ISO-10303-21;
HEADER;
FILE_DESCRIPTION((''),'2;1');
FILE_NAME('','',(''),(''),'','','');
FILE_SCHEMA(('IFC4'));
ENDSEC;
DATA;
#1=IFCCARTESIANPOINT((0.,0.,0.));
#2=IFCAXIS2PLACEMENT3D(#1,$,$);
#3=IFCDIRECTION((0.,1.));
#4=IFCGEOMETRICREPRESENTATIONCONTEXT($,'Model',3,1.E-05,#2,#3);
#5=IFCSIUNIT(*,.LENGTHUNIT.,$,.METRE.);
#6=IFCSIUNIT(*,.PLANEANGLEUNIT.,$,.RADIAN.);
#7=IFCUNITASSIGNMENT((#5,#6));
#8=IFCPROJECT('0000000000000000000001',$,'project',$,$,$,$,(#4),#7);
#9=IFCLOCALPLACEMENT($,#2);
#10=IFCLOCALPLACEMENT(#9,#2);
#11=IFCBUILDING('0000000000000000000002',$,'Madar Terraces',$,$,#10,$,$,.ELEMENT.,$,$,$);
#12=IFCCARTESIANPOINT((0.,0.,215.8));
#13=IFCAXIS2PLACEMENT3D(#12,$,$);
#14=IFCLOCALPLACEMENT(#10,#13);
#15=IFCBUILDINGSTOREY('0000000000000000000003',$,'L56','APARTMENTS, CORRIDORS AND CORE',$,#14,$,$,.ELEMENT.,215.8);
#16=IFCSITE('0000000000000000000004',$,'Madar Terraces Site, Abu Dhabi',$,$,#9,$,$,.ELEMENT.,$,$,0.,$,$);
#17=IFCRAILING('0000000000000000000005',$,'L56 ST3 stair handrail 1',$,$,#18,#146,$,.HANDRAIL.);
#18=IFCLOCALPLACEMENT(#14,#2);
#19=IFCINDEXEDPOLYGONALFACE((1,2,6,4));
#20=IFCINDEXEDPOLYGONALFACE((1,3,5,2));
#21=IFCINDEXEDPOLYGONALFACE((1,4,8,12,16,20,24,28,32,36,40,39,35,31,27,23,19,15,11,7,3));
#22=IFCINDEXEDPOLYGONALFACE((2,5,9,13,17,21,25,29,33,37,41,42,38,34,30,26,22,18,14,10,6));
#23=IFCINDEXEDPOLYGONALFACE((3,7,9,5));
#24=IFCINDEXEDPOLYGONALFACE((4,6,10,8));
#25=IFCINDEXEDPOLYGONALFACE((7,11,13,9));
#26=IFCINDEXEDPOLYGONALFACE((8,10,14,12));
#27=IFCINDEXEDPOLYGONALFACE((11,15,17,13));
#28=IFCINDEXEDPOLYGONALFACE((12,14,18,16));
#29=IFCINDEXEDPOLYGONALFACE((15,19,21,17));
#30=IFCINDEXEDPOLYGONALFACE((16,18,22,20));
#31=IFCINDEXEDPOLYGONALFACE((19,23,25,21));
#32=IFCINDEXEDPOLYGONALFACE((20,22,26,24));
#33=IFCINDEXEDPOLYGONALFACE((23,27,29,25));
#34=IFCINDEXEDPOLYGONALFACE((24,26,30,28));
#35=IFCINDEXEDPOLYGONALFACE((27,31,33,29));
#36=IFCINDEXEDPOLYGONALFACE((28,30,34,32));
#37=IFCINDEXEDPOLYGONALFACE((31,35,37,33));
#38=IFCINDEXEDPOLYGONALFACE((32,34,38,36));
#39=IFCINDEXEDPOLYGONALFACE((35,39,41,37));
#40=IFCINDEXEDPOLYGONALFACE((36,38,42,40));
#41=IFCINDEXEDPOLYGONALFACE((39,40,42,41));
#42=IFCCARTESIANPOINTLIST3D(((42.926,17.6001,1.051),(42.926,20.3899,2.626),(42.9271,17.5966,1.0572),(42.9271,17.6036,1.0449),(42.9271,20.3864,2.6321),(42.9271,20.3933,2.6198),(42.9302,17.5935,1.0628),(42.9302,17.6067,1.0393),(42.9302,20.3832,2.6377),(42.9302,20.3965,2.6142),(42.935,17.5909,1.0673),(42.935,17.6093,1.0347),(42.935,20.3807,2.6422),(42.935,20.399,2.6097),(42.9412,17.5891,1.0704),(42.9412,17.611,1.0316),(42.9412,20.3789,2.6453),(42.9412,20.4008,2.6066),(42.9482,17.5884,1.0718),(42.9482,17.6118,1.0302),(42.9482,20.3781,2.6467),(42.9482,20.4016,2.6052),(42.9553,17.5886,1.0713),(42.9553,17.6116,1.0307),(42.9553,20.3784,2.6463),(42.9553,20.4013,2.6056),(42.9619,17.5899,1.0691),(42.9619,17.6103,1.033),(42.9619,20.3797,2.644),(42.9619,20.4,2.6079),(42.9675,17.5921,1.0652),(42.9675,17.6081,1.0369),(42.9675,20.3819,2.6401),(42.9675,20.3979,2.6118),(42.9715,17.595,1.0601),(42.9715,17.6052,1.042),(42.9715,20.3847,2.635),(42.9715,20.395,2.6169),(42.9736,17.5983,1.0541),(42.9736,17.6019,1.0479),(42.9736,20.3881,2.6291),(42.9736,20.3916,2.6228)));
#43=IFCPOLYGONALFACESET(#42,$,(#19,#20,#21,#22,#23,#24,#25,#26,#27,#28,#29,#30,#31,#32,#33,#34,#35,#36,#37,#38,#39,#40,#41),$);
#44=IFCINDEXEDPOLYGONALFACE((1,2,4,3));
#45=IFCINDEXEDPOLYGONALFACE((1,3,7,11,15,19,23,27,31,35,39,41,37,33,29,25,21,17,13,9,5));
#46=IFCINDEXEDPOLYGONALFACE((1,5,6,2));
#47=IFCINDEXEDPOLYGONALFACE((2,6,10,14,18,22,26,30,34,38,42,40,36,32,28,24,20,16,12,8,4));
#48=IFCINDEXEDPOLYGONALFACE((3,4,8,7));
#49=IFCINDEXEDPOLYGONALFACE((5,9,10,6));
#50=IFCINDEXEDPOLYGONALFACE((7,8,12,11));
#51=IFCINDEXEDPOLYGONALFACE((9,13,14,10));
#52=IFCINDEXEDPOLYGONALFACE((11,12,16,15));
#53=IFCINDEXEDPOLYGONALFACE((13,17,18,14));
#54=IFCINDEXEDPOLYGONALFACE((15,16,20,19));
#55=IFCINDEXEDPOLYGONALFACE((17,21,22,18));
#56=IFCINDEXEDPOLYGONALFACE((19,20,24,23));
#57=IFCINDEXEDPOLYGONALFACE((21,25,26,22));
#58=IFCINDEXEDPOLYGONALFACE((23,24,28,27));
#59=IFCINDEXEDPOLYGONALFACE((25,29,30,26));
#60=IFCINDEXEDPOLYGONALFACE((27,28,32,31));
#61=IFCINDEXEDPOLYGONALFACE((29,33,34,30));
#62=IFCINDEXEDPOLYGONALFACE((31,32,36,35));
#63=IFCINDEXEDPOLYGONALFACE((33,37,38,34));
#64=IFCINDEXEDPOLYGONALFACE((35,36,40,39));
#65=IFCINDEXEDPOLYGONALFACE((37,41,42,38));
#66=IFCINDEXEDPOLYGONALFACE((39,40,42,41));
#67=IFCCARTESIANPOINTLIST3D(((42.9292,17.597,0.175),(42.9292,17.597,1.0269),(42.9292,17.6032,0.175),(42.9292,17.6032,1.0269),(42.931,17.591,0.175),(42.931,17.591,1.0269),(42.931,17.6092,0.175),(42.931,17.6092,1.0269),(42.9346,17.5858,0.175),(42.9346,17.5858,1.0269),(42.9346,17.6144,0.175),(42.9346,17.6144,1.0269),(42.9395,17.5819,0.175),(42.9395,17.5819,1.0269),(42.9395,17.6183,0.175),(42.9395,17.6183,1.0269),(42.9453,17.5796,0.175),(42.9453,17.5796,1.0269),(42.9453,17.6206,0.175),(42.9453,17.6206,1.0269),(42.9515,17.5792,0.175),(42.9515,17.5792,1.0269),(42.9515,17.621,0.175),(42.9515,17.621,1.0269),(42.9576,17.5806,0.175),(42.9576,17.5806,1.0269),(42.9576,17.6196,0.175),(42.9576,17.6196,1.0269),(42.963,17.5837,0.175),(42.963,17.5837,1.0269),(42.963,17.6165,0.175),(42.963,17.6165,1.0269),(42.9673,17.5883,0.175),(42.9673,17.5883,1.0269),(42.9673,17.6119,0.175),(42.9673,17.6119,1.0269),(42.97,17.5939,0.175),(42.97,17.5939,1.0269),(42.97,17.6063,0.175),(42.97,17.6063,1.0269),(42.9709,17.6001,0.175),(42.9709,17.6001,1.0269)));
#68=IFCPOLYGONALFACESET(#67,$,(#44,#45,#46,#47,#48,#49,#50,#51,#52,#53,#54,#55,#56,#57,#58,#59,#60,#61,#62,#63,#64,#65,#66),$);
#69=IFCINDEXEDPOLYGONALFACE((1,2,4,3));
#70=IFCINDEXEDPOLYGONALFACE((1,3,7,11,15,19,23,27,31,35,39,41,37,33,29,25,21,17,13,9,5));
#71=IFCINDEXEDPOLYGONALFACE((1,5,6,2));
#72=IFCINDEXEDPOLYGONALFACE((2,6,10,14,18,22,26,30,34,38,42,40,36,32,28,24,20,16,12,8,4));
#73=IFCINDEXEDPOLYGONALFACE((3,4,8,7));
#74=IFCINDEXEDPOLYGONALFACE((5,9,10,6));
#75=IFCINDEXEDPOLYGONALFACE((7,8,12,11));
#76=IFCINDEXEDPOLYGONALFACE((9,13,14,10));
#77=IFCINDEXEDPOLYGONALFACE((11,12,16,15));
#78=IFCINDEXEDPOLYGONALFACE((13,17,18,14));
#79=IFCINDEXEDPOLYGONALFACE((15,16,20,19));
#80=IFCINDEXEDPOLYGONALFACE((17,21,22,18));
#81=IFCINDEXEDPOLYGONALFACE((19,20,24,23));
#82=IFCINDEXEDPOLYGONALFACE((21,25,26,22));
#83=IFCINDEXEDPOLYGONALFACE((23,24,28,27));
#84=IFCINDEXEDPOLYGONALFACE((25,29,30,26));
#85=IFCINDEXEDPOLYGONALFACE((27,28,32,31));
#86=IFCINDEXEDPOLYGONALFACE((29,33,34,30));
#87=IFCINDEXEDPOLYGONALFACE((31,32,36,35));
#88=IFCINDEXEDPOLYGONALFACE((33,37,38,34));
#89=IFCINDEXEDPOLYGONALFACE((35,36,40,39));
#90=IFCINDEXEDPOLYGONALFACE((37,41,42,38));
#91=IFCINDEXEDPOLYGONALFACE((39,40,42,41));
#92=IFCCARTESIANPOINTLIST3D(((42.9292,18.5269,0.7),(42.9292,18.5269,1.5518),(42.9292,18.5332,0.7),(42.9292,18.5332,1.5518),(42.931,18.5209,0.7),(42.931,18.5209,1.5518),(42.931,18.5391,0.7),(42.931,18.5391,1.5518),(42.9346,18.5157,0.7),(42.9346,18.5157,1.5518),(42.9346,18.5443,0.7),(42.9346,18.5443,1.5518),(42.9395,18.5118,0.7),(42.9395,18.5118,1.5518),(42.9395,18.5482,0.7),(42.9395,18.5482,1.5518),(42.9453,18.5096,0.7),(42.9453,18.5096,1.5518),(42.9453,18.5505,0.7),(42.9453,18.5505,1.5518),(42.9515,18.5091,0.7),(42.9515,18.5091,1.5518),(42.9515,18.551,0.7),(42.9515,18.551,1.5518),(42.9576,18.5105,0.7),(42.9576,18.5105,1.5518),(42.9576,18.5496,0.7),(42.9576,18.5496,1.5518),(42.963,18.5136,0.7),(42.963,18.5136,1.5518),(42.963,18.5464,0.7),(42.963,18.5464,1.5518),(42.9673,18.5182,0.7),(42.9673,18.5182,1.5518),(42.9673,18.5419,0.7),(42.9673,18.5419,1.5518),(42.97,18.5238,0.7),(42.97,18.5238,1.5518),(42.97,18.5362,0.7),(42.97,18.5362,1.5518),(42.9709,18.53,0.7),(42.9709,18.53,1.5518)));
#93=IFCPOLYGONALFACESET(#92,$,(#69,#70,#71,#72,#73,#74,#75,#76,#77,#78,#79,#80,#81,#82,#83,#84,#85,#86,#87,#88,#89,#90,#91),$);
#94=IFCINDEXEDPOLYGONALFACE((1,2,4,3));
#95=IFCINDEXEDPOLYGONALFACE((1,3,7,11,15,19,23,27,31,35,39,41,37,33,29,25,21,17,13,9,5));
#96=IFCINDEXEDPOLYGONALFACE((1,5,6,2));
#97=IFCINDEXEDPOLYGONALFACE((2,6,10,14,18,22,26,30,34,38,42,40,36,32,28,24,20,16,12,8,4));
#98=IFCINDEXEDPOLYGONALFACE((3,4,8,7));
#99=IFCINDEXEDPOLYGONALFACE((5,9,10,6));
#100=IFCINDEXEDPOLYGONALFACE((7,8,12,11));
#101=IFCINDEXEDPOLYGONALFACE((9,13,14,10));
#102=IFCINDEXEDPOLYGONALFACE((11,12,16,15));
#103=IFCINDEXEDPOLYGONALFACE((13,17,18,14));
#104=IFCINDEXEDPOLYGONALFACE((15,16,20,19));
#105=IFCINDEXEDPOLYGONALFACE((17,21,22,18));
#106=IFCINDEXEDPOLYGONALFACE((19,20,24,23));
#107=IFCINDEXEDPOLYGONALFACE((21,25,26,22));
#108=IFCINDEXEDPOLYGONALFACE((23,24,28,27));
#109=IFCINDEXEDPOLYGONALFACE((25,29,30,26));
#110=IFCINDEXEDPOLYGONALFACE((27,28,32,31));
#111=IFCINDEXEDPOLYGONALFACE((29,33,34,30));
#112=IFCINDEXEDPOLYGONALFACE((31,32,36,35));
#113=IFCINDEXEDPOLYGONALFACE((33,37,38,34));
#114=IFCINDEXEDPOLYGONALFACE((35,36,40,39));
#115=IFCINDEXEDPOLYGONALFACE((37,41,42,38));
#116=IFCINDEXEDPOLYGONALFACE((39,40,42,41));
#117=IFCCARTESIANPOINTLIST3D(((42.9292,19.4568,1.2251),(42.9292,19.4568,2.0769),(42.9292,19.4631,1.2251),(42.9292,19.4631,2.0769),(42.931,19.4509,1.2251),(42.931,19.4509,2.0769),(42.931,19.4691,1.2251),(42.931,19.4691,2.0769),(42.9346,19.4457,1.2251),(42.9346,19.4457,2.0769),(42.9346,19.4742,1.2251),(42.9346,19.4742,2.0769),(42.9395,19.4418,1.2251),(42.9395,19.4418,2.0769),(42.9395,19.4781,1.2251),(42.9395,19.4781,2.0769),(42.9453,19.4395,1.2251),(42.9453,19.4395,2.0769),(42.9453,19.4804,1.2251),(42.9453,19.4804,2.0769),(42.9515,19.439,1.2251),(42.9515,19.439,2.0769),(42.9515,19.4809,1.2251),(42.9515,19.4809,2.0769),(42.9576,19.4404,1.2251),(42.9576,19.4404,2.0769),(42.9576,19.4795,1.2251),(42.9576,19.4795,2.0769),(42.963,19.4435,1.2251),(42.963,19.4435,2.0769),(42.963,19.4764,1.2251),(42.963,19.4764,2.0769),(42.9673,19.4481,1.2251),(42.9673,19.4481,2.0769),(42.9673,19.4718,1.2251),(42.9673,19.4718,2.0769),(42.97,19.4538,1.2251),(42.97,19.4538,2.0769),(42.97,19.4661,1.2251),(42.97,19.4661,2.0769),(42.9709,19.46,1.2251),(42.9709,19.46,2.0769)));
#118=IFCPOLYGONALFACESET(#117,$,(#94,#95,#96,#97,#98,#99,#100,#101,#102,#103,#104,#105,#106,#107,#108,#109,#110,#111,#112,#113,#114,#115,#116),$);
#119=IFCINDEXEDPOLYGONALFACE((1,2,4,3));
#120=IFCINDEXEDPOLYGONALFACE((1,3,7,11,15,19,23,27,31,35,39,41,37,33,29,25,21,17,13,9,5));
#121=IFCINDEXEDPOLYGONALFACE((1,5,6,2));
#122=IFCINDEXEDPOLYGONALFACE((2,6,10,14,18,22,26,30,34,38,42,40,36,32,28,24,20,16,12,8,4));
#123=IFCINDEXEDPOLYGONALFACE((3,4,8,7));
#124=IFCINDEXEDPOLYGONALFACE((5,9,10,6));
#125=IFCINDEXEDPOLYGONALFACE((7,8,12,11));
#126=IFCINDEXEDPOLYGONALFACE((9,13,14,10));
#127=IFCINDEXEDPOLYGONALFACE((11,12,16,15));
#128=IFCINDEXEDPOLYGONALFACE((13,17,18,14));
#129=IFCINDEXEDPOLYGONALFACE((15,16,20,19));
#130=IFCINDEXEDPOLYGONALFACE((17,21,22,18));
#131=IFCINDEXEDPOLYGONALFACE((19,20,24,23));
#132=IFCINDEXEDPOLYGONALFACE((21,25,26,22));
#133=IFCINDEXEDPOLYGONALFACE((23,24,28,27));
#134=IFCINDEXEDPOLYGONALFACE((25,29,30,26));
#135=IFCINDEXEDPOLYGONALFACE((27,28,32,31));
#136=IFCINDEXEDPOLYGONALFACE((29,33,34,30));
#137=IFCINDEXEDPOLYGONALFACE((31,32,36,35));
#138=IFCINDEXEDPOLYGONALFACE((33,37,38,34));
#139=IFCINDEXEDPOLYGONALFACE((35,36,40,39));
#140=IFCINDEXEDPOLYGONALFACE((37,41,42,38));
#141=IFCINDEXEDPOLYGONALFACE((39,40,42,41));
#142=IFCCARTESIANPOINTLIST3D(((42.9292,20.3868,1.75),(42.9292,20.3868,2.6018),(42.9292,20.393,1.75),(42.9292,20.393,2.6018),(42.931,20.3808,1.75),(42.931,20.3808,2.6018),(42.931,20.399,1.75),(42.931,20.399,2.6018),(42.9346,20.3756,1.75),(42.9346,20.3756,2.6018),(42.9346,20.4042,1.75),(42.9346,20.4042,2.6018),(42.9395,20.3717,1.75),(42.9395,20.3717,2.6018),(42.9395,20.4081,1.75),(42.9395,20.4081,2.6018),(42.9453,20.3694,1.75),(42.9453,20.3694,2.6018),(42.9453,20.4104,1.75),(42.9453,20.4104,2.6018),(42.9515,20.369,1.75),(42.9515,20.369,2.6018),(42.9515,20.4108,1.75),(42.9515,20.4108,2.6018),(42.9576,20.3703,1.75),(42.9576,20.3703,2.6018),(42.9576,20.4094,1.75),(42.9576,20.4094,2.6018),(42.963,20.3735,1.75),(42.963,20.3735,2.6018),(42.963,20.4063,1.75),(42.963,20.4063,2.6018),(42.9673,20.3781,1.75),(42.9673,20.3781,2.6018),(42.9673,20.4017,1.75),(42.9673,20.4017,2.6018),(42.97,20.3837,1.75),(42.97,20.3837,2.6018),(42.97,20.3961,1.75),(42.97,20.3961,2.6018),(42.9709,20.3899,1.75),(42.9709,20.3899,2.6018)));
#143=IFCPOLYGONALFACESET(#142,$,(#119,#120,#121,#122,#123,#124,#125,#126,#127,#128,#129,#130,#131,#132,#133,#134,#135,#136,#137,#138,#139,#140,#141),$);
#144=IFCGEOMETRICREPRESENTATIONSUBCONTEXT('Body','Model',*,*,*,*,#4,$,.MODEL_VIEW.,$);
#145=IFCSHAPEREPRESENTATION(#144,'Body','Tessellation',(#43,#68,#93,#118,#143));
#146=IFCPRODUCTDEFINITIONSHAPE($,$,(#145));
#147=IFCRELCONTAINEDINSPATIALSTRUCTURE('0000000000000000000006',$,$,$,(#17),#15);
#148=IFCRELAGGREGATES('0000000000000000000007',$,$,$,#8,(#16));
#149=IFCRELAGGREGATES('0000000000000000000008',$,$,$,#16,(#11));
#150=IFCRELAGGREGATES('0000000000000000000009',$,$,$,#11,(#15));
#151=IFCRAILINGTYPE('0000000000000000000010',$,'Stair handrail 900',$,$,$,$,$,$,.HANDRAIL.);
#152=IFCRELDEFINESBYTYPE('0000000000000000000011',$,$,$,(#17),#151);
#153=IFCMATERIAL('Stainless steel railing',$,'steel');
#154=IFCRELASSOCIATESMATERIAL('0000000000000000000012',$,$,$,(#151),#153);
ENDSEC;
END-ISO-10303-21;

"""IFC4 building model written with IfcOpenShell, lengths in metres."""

from ifc_helpers import new_model, si_unit, direction, frame, origin, origin_2d, place, context, subcontext, project, spatial, circle, extrude, material, type_object, element, save


model = new_model("IFC4")

# Units and contexts
model_context = context("Model", 3, precision=1e-05, world=origin(), true_north=direction((0.0, 1.0)))
body_context = subcontext(model_context, "Body", "Model", "MODEL_VIEW")
ifc_project = project(units=[si_unit("LENGTHUNIT", "METRE"), si_unit("PLANEANGLEUNIT", "RADIAN")], contexts=[model_context])

# Site, building, storey
site_placement = place(None, origin())
site = spatial("IfcSite", under=ifc_project, at=site_placement, Name="Madar Terraces Site, Abu Dhabi", CompositionType="ELEMENT", RefElevation=0.0)
building_placement = place(site_placement, origin())
building = spatial("IfcBuilding", under=site, at=building_placement, Name="Madar Terraces", CompositionType="ELEMENT")
storey_placement = place(building_placement, frame((0.0, 0.0, 215.8)))
storey = spatial("IfcBuildingStorey", under=building, at=storey_placement, Name="L56", Description="APARTMENTS, CORRIDORS AND CORE", CompositionType="ELEMENT", Elevation=215.8)

# Railing
ifc_material_1 = material(Name="Stainless steel railing", Category="steel")
railing_type_1 = type_object("IfcRailingType", Name="Stair handrail 900", PredefinedType="HANDRAIL", material=ifc_material_1)
railing_1_placement = place(storey_placement, frame((42.95, 17.6001, 0.175)))
element("IfcRailing", 1, at=railing_1_placement, inside=storey, type_object=railing_type_1, Name="L56 ST3 stair handrail 1", PredefinedType="HANDRAIL", context=body_context, shape_type="SweptSolid", body=[
    extrude(circle(Radius=0.0239, at=origin_2d()), frame((0.0, 0.0, 0.876), z_axis=(0.0, 0.870815, 0.49161), x_axis=(-1.0, 0.0, 0.0)), (0.0, 0.0, 1.0), 3.2036),
    extrude(circle(Radius=0.021, at=origin_2d()), origin(), (0.0, 0.0, 1.0), 0.8518),
    extrude(circle(Radius=0.021, at=origin_2d()), frame((0.0, 0.9299, 0.5249)), (0.0, 0.0, 1.0), 0.8518),
    extrude(circle(Radius=0.021, at=origin_2d()), frame((0.0, 1.8599, 1.05)), (0.0, 0.0, 1.0), 0.8518),
    extrude(circle(Radius=0.021, at=origin_2d()), frame((0.0, 2.7898, 1.575)), (0.0, 0.0, 1.0), 0.8518),
])

save(model, "model.ifc")
